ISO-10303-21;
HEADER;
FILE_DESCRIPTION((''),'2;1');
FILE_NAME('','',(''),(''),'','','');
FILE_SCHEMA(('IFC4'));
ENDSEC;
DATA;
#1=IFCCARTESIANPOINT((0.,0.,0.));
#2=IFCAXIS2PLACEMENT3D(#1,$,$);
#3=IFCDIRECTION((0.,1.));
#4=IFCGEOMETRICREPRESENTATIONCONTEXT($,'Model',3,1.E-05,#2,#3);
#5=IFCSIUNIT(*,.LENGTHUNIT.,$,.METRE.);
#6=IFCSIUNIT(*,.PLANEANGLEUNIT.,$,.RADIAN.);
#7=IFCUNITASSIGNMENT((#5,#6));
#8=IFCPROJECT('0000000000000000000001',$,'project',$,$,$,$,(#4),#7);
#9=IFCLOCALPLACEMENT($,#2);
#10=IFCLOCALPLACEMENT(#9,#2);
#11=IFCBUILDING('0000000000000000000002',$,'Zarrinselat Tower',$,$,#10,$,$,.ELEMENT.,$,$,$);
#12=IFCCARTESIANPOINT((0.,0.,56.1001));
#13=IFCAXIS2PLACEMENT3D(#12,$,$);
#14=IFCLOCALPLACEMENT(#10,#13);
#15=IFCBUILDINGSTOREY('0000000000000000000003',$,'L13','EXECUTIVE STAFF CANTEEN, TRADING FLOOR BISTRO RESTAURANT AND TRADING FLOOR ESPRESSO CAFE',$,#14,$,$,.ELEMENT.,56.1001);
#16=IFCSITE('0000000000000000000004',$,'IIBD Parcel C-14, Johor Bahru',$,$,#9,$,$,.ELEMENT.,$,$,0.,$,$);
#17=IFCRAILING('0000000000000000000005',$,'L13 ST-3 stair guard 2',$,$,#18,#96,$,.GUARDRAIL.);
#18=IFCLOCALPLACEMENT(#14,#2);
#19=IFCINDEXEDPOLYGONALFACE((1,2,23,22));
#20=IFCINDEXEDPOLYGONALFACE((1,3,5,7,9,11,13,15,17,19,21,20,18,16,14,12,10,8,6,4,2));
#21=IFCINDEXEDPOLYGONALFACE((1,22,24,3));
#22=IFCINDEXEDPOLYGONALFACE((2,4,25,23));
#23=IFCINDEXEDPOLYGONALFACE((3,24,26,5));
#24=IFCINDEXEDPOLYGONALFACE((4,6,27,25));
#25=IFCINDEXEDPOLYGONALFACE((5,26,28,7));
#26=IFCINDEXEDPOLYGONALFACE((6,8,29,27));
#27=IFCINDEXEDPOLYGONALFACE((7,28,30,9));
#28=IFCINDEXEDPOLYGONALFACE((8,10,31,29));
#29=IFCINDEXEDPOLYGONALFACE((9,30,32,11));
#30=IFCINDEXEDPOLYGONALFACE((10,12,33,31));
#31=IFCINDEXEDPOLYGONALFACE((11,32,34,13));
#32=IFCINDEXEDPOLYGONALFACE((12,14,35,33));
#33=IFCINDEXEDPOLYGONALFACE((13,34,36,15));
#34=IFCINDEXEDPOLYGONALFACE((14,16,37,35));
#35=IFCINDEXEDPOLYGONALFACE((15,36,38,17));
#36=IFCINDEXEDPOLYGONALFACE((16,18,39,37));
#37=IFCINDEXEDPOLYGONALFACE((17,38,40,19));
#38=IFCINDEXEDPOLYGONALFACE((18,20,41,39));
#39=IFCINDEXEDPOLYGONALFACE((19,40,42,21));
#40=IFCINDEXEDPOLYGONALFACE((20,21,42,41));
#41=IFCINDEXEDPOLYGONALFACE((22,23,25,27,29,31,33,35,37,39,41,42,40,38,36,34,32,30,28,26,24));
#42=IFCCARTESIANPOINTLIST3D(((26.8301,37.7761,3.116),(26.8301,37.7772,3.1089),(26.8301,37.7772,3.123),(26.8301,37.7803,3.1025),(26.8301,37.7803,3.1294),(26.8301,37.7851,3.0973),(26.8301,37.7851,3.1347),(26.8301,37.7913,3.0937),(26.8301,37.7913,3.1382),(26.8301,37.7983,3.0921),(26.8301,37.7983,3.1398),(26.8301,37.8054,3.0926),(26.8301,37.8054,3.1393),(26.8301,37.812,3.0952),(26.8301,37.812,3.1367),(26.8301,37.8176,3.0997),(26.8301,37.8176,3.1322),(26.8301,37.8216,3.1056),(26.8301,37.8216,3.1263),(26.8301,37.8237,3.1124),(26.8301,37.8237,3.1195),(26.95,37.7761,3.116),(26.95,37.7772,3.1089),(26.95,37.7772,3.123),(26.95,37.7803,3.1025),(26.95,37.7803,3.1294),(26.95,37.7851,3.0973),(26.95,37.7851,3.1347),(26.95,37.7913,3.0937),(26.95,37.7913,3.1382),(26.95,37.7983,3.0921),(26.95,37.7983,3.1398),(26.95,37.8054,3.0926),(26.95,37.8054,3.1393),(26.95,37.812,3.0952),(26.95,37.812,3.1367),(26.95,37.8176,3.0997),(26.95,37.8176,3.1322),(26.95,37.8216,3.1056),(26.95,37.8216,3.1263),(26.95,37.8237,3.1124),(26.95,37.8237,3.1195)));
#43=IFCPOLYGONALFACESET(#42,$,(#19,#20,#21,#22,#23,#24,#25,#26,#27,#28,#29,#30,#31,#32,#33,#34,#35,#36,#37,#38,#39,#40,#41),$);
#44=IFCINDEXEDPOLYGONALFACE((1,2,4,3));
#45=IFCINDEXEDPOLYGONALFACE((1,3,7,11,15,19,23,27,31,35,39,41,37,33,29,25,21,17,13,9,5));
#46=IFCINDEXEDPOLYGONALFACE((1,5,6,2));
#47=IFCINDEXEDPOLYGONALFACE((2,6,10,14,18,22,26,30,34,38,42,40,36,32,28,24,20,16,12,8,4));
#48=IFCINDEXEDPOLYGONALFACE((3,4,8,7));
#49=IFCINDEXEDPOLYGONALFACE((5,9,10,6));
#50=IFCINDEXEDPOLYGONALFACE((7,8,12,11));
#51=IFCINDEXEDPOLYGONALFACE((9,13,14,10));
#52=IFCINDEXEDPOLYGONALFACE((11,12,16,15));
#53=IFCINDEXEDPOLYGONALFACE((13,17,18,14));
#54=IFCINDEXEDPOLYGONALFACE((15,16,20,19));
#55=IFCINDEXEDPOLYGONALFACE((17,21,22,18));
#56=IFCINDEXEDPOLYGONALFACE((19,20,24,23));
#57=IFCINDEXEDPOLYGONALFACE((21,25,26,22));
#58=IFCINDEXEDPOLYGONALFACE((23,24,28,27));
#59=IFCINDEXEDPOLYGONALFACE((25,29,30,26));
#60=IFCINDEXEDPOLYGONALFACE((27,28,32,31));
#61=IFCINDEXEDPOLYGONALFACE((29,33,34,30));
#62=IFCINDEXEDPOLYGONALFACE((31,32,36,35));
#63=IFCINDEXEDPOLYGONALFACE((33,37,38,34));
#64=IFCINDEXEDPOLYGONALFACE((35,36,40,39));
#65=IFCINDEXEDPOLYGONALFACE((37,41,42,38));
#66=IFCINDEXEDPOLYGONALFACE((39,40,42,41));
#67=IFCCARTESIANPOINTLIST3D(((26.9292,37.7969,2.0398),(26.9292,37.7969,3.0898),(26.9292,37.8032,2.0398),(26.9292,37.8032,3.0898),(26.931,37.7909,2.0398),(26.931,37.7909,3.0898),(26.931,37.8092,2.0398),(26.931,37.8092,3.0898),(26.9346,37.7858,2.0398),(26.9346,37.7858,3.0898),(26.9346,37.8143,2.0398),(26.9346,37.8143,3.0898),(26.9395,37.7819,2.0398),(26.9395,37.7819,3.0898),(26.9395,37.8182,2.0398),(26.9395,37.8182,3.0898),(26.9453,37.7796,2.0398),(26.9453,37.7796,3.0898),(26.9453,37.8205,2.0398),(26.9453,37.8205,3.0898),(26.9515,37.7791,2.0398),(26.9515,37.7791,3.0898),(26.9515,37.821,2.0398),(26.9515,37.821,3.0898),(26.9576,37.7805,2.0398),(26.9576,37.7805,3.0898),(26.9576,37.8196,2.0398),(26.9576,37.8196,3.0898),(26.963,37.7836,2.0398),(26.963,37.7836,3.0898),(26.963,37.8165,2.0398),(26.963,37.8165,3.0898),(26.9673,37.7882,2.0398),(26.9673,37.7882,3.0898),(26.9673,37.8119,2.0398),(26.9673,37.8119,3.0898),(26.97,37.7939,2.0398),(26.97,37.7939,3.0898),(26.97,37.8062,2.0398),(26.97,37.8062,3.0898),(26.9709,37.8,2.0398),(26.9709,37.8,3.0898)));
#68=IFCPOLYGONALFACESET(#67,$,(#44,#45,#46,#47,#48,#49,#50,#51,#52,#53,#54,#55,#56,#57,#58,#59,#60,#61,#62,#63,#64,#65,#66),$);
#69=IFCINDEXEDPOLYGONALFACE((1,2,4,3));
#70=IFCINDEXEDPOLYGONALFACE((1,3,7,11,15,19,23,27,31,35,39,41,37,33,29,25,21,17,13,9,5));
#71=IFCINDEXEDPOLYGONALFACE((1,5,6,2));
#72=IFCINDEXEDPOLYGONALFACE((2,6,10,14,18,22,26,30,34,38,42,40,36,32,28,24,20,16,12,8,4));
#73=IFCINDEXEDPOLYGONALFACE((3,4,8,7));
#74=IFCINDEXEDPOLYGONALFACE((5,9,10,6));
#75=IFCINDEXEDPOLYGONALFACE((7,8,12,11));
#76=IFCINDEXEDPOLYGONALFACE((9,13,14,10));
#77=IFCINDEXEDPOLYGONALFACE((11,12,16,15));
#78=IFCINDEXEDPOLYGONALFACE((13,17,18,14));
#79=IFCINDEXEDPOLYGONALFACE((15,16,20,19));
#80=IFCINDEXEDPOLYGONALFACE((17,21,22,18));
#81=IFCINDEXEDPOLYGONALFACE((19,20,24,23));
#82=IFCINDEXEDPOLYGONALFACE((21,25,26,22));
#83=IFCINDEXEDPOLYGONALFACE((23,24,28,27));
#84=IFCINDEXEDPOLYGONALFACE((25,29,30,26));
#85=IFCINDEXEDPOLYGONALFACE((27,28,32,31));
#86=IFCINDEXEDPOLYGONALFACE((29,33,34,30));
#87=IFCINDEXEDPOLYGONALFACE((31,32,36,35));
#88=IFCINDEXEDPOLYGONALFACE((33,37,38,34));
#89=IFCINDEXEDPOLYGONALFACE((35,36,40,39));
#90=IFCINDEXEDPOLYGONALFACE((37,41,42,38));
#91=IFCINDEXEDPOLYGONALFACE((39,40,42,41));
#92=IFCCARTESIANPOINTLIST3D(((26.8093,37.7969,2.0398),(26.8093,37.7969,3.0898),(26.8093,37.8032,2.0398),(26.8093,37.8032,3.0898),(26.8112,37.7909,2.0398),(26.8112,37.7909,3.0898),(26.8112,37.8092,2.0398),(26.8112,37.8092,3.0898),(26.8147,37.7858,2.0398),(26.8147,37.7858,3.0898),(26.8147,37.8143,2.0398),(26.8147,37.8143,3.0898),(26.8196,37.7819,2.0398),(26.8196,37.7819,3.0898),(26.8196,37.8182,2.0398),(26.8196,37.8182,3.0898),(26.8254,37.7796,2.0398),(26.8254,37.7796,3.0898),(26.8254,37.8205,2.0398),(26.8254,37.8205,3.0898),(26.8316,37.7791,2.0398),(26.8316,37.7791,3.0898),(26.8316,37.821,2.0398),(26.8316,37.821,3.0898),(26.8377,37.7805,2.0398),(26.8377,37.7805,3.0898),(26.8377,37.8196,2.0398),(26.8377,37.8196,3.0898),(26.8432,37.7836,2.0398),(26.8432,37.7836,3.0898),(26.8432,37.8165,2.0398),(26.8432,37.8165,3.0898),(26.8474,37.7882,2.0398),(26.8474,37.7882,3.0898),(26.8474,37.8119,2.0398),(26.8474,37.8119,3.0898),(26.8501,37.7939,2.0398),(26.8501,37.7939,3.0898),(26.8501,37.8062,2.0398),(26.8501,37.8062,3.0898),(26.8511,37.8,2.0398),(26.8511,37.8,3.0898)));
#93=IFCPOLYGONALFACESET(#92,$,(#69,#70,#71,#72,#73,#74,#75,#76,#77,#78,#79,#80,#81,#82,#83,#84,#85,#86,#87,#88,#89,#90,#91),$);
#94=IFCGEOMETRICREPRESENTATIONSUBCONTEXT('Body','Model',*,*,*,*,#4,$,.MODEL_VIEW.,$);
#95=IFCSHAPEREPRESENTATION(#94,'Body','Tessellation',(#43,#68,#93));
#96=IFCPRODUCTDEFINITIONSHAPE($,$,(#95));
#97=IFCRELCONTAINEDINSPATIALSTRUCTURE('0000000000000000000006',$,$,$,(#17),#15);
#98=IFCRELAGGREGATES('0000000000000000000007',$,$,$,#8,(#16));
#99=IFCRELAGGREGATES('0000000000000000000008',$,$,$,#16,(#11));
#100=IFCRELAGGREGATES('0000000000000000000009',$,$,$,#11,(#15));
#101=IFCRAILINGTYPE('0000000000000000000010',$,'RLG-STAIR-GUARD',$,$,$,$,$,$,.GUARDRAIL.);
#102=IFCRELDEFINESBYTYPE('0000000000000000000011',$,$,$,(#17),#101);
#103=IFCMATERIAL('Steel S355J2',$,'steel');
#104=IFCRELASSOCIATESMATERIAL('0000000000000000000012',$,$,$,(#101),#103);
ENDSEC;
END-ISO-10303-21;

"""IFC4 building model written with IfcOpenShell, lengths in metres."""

from ifc_helpers import new_model, si_unit, direction, frame, origin, origin_2d, place, context, subcontext, project, spatial, circle, extrude, material, type_object, element, save


model = new_model("IFC4")

# Units and contexts
model_context = context("Model", 3, precision=1e-05, world=origin(), true_north=direction((0.0, 1.0)))
body_context = subcontext(model_context, "Body", "Model", "MODEL_VIEW")
ifc_project = project(units=[si_unit("LENGTHUNIT", "METRE"), si_unit("PLANEANGLEUNIT", "RADIAN")], contexts=[model_context])

# Site, building, storey
site_placement = place(None, origin())
site = spatial("IfcSite", under=ifc_project, at=site_placement, Name="IIBD Parcel C-14, Johor Bahru", CompositionType="ELEMENT", RefElevation=0.0)
building_placement = place(site_placement, origin())
building = spatial("IfcBuilding", under=site, at=building_placement, Name="Zarrinselat Tower", CompositionType="ELEMENT")
storey_placement = place(building_placement, frame((0.0, 0.0, 56.1001)))
storey = spatial("IfcBuildingStorey", under=building, at=storey_placement, Name="L13", Description="EXECUTIVE STAFF CANTEEN, TRADING FLOOR BISTRO RESTAURANT AND TRADING FLOOR ESPRESSO CAFE", CompositionType="ELEMENT", Elevation=56.1001)

# Railing
ifc_material_1 = material(Name="Steel S355J2", Category="steel")
railing_type_1 = type_object("IfcRailingType", Name="RLG-STAIR-GUARD", PredefinedType="GUARDRAIL", material=ifc_material_1)
railing_1_placement = place(storey_placement, frame((26.95, 37.8, 2.0398)))
element("IfcRailing", 1, at=railing_1_placement, inside=storey, type_object=railing_type_1, Name="L13 ST-3 stair guard 2", PredefinedType="GUARDRAIL", context=body_context, shape_type="SweptSolid", body=[
    extrude(circle(Radius=0.0239, at=origin_2d()), frame((0.0, 0.0, 1.0762), z_axis=(-1.0, 0.0, 0.0), x_axis=(0.0, -1.0, 0.0)), (0.0, 0.0, 1.0), 0.1199),
    extrude(circle(Radius=0.021, at=origin_2d()), origin(), (0.0, 0.0, 1.0), 1.05),
    extrude(circle(Radius=0.021, at=origin_2d()), frame((-0.1199, 0.0, 0.0)), (0.0, 0.0, 1.0), 1.05),
])

save(model, "model.ifc")
